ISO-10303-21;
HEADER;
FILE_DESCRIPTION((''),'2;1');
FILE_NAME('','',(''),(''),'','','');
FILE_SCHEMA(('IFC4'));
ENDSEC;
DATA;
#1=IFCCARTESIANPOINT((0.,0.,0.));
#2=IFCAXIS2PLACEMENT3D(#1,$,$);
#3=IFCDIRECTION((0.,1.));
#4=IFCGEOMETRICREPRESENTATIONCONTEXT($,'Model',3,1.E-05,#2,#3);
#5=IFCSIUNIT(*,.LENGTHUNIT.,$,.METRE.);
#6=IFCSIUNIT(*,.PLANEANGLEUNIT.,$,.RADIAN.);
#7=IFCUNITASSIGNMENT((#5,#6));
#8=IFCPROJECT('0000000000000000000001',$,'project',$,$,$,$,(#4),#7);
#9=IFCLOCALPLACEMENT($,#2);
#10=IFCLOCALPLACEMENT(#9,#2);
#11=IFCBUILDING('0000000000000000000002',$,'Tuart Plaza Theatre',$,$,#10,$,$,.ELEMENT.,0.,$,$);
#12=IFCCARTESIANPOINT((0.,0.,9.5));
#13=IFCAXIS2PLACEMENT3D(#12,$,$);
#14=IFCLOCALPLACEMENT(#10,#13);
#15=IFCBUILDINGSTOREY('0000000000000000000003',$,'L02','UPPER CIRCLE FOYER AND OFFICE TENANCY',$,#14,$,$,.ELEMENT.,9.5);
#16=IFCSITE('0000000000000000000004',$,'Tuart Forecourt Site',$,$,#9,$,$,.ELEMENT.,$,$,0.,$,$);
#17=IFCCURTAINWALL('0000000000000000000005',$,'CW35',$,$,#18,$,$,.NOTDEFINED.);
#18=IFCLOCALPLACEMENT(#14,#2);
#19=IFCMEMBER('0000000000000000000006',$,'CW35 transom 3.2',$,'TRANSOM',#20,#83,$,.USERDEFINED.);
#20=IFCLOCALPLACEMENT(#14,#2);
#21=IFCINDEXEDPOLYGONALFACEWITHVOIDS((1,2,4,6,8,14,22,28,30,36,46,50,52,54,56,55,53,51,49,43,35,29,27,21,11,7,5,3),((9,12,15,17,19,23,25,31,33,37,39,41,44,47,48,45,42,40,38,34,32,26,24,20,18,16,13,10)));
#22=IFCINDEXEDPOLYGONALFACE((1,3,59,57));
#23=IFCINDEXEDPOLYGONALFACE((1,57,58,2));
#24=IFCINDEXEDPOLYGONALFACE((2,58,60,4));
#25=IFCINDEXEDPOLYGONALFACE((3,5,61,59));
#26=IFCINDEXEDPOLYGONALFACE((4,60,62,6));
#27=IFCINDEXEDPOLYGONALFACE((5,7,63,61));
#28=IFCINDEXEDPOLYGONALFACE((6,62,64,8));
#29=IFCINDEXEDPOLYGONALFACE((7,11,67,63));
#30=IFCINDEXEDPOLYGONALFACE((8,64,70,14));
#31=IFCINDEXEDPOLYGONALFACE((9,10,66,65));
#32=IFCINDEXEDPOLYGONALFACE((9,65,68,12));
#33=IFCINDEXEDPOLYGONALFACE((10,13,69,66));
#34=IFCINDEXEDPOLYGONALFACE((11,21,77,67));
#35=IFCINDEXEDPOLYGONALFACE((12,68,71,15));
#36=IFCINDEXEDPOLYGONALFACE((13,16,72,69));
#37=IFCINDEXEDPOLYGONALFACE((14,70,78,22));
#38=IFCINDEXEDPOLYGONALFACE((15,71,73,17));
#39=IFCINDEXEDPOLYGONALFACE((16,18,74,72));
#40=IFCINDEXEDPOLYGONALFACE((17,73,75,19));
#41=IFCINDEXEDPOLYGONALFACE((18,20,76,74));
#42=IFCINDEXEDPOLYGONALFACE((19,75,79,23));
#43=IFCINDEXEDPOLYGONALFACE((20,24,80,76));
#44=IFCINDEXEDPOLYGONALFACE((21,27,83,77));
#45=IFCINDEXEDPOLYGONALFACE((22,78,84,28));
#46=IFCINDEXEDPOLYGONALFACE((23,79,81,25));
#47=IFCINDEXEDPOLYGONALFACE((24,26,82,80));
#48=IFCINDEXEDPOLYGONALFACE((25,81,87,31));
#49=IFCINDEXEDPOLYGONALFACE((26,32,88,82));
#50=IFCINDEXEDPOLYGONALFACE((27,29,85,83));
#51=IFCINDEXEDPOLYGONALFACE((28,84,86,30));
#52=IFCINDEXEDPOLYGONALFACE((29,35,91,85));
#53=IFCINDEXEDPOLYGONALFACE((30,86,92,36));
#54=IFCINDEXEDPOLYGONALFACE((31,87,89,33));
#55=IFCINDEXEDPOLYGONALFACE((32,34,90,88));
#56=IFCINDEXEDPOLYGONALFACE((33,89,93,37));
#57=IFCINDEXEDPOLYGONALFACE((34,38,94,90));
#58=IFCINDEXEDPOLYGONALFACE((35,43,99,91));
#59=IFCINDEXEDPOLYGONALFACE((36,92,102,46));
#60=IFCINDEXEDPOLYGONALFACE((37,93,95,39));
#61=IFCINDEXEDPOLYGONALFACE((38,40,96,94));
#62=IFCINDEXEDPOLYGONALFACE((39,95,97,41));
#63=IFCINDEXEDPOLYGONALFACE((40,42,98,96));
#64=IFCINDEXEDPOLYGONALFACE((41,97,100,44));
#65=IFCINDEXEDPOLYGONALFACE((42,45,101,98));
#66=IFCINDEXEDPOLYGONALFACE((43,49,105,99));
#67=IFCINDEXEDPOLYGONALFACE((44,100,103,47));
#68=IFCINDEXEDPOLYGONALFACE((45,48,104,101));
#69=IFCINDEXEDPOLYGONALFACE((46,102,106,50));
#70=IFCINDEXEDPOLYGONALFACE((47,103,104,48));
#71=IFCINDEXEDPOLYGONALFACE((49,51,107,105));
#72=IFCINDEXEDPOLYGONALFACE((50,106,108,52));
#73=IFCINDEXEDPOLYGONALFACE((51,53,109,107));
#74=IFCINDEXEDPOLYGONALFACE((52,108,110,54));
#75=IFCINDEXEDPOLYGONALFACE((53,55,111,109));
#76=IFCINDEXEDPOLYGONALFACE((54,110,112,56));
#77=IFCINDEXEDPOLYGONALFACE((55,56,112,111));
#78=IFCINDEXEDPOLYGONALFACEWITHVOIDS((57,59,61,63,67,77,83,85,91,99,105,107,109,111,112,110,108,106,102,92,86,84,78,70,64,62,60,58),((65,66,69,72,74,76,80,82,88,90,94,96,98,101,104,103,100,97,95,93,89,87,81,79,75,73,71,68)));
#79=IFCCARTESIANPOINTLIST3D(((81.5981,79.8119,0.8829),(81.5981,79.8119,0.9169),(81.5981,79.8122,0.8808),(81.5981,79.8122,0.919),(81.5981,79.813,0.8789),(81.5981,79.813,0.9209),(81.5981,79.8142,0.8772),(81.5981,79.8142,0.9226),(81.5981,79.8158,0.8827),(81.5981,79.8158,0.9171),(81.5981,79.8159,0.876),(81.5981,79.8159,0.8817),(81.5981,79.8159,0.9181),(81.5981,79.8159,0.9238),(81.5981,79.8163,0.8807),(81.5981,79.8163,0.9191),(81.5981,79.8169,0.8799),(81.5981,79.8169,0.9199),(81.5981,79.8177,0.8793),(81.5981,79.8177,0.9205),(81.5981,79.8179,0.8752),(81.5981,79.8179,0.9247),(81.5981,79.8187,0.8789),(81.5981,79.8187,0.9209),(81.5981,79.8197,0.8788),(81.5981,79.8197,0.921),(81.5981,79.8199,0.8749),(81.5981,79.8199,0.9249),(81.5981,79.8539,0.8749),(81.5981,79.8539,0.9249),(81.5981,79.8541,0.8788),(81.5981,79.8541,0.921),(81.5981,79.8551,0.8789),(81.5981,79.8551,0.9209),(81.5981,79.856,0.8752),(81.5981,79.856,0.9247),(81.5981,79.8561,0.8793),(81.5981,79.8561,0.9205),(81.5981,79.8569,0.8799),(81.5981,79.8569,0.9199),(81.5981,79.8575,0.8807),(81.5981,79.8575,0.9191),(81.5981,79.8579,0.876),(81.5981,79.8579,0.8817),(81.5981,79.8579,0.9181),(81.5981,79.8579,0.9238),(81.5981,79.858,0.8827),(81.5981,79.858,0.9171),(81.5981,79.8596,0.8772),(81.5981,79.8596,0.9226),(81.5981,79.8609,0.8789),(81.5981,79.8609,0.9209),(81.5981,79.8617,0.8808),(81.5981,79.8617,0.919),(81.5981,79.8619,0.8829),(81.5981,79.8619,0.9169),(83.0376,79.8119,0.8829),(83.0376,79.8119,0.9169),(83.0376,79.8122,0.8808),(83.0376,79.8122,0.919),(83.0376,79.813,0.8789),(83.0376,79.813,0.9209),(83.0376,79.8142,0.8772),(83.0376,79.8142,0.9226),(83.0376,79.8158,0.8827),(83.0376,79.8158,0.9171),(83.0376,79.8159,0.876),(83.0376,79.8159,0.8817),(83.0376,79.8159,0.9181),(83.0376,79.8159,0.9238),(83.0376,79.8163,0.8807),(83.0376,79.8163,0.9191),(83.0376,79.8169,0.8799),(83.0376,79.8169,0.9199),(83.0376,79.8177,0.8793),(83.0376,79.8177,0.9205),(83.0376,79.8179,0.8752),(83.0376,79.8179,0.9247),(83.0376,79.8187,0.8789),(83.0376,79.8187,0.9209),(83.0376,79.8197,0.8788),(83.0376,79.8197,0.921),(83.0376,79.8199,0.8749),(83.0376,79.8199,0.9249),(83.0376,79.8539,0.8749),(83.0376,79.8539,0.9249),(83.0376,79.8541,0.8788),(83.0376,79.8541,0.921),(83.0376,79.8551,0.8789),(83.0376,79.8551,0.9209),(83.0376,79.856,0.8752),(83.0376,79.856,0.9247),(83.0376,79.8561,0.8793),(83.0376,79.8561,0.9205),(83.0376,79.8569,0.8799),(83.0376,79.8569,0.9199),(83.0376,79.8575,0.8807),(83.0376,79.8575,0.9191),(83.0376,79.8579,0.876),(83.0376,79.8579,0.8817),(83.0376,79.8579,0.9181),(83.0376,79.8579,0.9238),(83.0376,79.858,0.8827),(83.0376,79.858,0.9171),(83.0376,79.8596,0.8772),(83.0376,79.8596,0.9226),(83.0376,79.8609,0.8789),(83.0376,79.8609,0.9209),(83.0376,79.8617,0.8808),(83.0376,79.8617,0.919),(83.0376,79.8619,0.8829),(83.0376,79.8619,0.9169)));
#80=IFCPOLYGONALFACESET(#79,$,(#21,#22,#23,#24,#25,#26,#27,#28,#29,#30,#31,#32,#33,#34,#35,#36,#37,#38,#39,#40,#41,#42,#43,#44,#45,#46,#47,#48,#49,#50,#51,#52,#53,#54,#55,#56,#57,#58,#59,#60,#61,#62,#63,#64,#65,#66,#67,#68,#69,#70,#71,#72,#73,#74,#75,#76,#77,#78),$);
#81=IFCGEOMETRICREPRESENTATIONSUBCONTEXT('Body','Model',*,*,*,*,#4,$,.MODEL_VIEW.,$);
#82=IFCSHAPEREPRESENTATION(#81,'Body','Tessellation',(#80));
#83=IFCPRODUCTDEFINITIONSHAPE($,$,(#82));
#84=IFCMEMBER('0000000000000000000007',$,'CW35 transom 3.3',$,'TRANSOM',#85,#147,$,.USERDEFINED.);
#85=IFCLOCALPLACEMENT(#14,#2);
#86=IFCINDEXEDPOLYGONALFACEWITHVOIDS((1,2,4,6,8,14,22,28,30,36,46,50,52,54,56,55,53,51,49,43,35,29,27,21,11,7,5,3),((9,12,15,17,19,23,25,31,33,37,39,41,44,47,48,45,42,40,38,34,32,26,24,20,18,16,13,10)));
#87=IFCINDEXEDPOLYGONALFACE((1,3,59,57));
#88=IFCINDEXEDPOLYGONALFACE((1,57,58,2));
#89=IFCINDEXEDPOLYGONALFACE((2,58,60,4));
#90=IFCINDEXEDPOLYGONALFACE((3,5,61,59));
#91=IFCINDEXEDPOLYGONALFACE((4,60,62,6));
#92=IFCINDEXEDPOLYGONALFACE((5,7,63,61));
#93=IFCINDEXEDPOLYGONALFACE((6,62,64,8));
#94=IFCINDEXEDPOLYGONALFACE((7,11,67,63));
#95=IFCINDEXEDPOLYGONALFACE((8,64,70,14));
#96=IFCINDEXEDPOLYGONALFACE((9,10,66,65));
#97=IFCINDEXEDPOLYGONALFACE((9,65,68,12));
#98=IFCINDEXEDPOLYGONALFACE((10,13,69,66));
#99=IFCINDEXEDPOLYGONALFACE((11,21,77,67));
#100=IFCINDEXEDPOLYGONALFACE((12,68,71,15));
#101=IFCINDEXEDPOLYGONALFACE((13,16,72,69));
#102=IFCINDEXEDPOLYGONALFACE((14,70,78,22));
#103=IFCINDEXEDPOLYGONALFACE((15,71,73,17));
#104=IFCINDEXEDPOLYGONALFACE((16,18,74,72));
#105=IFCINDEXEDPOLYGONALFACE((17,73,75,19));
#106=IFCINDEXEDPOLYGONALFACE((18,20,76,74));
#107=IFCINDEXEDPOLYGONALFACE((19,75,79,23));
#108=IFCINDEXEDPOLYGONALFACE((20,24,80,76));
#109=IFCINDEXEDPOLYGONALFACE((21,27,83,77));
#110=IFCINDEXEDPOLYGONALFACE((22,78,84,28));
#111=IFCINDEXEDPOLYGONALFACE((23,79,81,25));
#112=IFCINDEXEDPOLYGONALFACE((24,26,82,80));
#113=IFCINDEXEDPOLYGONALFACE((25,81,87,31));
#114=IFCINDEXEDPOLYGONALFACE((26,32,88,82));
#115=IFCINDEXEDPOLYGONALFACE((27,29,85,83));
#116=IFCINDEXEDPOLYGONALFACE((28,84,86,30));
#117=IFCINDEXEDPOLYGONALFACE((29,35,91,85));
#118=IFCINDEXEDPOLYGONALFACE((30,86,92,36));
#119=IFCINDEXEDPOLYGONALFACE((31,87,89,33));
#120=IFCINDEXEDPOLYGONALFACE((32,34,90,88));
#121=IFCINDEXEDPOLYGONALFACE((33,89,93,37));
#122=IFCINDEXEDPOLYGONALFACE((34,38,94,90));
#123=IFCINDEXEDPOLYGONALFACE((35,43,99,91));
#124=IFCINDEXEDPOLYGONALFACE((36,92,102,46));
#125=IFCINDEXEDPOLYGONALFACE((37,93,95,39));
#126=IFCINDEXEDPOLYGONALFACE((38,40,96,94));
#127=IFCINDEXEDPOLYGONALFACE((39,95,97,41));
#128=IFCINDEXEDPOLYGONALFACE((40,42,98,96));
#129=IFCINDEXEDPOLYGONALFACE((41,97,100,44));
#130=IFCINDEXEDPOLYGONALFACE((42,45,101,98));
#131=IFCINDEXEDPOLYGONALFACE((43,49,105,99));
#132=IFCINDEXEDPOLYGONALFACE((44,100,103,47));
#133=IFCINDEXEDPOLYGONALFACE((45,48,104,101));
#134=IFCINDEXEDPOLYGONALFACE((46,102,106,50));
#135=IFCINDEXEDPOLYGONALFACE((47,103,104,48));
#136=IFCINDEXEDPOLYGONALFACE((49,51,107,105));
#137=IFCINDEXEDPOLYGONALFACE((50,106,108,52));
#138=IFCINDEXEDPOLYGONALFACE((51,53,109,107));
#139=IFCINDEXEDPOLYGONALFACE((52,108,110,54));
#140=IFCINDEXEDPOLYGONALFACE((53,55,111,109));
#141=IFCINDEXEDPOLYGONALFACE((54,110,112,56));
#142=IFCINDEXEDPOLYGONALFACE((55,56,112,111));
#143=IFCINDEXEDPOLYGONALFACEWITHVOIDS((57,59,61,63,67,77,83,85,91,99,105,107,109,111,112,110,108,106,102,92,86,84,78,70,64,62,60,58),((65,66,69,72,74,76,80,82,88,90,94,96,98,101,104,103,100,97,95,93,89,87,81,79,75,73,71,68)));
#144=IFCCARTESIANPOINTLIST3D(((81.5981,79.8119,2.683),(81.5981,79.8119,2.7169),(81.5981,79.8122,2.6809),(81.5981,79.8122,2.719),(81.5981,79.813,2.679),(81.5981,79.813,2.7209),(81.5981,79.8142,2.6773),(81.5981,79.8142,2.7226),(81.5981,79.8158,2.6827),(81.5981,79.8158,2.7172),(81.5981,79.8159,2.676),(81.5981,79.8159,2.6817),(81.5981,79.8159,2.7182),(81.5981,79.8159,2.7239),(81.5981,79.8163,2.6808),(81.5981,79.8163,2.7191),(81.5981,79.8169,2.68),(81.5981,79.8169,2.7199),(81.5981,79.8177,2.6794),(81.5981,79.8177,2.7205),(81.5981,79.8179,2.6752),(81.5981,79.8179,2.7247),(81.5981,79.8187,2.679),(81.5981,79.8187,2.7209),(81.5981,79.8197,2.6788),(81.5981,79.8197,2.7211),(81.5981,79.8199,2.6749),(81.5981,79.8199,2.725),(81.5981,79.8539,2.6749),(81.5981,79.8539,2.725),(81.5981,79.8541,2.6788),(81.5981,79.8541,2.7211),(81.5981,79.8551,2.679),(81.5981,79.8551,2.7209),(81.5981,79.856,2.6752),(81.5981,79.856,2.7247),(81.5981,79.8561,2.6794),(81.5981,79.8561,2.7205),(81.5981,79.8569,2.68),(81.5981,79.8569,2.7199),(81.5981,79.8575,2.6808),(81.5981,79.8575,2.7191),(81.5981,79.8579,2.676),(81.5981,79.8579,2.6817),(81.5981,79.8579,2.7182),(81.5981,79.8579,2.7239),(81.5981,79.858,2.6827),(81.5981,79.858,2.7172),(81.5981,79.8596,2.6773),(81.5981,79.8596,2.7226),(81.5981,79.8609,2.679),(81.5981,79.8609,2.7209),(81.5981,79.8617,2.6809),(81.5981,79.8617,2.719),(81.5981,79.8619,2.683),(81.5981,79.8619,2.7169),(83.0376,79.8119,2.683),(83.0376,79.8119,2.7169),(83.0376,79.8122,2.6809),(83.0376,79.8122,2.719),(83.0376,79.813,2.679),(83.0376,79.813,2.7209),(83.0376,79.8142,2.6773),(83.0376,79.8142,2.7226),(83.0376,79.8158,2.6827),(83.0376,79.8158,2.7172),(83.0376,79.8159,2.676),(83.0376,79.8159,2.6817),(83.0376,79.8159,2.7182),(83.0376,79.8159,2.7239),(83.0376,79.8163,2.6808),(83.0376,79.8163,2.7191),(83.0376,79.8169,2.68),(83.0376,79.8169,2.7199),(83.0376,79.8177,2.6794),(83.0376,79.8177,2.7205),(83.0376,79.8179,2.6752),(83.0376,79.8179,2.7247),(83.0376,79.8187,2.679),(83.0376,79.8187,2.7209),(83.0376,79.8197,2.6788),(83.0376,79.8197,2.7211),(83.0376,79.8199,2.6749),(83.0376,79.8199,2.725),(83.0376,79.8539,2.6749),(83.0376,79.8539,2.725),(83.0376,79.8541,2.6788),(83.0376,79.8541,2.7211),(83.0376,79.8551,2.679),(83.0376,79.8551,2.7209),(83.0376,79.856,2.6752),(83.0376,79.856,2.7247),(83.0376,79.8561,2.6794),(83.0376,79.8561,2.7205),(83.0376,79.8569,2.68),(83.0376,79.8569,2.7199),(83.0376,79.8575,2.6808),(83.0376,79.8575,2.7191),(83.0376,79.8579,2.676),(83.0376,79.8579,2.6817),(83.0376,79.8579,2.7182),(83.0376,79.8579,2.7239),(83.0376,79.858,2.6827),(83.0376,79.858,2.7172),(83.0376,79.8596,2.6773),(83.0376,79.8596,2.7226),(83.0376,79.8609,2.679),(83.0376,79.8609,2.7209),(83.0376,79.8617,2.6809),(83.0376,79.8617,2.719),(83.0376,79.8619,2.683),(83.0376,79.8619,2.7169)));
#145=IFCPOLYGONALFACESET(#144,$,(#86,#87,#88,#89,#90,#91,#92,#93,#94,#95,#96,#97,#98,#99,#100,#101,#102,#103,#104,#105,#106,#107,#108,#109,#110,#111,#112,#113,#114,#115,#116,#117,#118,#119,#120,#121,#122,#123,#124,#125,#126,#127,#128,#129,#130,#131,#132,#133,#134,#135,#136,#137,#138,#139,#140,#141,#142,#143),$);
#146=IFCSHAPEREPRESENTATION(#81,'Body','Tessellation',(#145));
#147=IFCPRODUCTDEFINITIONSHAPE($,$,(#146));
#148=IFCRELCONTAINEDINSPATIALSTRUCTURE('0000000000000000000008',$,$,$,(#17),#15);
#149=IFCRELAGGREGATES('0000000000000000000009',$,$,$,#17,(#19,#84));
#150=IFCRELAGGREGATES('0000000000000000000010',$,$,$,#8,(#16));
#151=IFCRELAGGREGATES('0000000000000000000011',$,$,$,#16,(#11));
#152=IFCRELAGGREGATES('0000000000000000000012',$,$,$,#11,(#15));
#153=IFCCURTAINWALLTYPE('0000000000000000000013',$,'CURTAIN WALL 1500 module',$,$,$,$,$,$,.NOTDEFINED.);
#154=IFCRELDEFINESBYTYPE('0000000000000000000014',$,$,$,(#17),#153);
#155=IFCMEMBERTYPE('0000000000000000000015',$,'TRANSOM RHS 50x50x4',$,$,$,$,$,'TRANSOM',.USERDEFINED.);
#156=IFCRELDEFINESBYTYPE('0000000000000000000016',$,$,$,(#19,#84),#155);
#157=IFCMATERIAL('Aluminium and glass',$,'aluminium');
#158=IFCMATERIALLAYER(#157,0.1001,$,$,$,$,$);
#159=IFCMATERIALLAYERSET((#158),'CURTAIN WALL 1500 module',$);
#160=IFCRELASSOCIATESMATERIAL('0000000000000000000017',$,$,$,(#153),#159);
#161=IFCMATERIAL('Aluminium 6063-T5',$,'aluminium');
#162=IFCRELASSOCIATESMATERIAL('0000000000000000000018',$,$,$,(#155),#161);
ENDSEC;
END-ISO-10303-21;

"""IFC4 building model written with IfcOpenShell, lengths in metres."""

from ifc_helpers import new_model, si_unit, direction, frame, origin, origin_2d, place, context, subcontext, project, spatial, hollow_rectangle, extrude, material, layer, layer_set, material_profile, profile_set, type_object, element, aggregate, save


model = new_model("IFC4")

# Units and contexts
model_context = context("Model", 3, precision=1e-05, world=origin(), true_north=direction((0.0, 1.0)))
body_context = subcontext(model_context, "Body", "Model", "MODEL_VIEW")
ifc_project = project(units=[si_unit("LENGTHUNIT", "METRE"), si_unit("PLANEANGLEUNIT", "RADIAN")], contexts=[model_context])

# Site, building, storey
site_placement = place(None, origin())
site = spatial("IfcSite", under=ifc_project, at=site_placement, Name="Tuart Forecourt Site", CompositionType="ELEMENT", RefElevation=0.0)
building_placement = place(site_placement, origin())
building = spatial("IfcBuilding", under=site, at=building_placement, Name="Tuart Plaza Theatre", CompositionType="ELEMENT", ElevationOfRefHeight=0.0)
storey_placement = place(building_placement, frame((0.0, 0.0, 9.5)))
storey = spatial("IfcBuildingStorey", under=building, at=storey_placement, Name="L02", Description="UPPER CIRCLE FOYER AND OFFICE TENANCY", CompositionType="ELEMENT", Elevation=9.5)

# Curtain wall, members
ifc_material_1 = material(Name="Aluminium and glass", Category="aluminium")
ifc_layer_1 = layer(ifc_material_1, 0.1001)
ifc_layer_set_1 = layer_set([ifc_layer_1], Name="CURTAIN WALL 1500 module")
curtain_wall_type = type_object("IfcCurtainWallType", Name="CURTAIN WALL 1500 module", PredefinedType="NOTDEFINED", material=ifc_layer_set_1)
curtain_wall_placement = place(storey_placement, origin())
curtain_wall = element("IfcCurtainWall", 1, at=curtain_wall_placement, inside=storey, type_object=curtain_wall_type, Name="CW35", PredefinedType="NOTDEFINED")
ifc_material_2 = material(Name="Aluminium 6063-T5", Category="aluminium")
ifc_material_profile_1 = material_profile(ifc_material_2, hollow_rectangle(XDim=0.05, YDim=0.05, WallThickness=0.0039, InnerFilletRadius=0.0039, OuterFilletRadius=0.0081, at=origin_2d()), Name="RHS 50x50x4")
ifc_profile_set_1 = profile_set([ifc_material_profile_1], Name="Aluminium 6063-T5")
member_type_1 = type_object("IfcMemberType", Name="TRANSOM RHS 50x50x4", ElementType="TRANSOM", PredefinedType="USERDEFINED", material=ifc_profile_set_1)
member_1_placement = place(storey_placement, frame((81.5981, 79.8369, 0.8999), z_axis=(1.0, 0.0, 0.0), x_axis=(0.0, 1.0, 0.0)))
member_1 = element("IfcMember", 2, at=member_1_placement, type_object=member_type_1, Name="CW35 transom 3.2", ObjectType="TRANSOM", PredefinedType="USERDEFINED", context=body_context, shape_type="SweptSolid", body=[
    extrude(hollow_rectangle(XDim=0.05, YDim=0.05, WallThickness=0.0039, InnerFilletRadius=0.0039, OuterFilletRadius=0.0081, at=origin_2d()), origin(), (0.0, 0.0, 1.0), 1.4395),
])
member_2_placement = place(storey_placement, frame((81.5981, 79.8369, 2.7), z_axis=(1.0, 0.0, 0.0), x_axis=(0.0, 1.0, 0.0)))
member_2 = element("IfcMember", 3, at=member_2_placement, type_object=member_type_1, Name="CW35 transom 3.3", ObjectType="TRANSOM", PredefinedType="USERDEFINED", context=body_context, shape_type="SweptSolid", body=[
    extrude(hollow_rectangle(XDim=0.05, YDim=0.05, WallThickness=0.0039, InnerFilletRadius=0.0039, OuterFilletRadius=0.0081, at=origin_2d()), origin(), (0.0, 0.0, 1.0), 1.4395),
])
aggregate(curtain_wall, [member_1, member_2])

save(model, "model.ifc")
